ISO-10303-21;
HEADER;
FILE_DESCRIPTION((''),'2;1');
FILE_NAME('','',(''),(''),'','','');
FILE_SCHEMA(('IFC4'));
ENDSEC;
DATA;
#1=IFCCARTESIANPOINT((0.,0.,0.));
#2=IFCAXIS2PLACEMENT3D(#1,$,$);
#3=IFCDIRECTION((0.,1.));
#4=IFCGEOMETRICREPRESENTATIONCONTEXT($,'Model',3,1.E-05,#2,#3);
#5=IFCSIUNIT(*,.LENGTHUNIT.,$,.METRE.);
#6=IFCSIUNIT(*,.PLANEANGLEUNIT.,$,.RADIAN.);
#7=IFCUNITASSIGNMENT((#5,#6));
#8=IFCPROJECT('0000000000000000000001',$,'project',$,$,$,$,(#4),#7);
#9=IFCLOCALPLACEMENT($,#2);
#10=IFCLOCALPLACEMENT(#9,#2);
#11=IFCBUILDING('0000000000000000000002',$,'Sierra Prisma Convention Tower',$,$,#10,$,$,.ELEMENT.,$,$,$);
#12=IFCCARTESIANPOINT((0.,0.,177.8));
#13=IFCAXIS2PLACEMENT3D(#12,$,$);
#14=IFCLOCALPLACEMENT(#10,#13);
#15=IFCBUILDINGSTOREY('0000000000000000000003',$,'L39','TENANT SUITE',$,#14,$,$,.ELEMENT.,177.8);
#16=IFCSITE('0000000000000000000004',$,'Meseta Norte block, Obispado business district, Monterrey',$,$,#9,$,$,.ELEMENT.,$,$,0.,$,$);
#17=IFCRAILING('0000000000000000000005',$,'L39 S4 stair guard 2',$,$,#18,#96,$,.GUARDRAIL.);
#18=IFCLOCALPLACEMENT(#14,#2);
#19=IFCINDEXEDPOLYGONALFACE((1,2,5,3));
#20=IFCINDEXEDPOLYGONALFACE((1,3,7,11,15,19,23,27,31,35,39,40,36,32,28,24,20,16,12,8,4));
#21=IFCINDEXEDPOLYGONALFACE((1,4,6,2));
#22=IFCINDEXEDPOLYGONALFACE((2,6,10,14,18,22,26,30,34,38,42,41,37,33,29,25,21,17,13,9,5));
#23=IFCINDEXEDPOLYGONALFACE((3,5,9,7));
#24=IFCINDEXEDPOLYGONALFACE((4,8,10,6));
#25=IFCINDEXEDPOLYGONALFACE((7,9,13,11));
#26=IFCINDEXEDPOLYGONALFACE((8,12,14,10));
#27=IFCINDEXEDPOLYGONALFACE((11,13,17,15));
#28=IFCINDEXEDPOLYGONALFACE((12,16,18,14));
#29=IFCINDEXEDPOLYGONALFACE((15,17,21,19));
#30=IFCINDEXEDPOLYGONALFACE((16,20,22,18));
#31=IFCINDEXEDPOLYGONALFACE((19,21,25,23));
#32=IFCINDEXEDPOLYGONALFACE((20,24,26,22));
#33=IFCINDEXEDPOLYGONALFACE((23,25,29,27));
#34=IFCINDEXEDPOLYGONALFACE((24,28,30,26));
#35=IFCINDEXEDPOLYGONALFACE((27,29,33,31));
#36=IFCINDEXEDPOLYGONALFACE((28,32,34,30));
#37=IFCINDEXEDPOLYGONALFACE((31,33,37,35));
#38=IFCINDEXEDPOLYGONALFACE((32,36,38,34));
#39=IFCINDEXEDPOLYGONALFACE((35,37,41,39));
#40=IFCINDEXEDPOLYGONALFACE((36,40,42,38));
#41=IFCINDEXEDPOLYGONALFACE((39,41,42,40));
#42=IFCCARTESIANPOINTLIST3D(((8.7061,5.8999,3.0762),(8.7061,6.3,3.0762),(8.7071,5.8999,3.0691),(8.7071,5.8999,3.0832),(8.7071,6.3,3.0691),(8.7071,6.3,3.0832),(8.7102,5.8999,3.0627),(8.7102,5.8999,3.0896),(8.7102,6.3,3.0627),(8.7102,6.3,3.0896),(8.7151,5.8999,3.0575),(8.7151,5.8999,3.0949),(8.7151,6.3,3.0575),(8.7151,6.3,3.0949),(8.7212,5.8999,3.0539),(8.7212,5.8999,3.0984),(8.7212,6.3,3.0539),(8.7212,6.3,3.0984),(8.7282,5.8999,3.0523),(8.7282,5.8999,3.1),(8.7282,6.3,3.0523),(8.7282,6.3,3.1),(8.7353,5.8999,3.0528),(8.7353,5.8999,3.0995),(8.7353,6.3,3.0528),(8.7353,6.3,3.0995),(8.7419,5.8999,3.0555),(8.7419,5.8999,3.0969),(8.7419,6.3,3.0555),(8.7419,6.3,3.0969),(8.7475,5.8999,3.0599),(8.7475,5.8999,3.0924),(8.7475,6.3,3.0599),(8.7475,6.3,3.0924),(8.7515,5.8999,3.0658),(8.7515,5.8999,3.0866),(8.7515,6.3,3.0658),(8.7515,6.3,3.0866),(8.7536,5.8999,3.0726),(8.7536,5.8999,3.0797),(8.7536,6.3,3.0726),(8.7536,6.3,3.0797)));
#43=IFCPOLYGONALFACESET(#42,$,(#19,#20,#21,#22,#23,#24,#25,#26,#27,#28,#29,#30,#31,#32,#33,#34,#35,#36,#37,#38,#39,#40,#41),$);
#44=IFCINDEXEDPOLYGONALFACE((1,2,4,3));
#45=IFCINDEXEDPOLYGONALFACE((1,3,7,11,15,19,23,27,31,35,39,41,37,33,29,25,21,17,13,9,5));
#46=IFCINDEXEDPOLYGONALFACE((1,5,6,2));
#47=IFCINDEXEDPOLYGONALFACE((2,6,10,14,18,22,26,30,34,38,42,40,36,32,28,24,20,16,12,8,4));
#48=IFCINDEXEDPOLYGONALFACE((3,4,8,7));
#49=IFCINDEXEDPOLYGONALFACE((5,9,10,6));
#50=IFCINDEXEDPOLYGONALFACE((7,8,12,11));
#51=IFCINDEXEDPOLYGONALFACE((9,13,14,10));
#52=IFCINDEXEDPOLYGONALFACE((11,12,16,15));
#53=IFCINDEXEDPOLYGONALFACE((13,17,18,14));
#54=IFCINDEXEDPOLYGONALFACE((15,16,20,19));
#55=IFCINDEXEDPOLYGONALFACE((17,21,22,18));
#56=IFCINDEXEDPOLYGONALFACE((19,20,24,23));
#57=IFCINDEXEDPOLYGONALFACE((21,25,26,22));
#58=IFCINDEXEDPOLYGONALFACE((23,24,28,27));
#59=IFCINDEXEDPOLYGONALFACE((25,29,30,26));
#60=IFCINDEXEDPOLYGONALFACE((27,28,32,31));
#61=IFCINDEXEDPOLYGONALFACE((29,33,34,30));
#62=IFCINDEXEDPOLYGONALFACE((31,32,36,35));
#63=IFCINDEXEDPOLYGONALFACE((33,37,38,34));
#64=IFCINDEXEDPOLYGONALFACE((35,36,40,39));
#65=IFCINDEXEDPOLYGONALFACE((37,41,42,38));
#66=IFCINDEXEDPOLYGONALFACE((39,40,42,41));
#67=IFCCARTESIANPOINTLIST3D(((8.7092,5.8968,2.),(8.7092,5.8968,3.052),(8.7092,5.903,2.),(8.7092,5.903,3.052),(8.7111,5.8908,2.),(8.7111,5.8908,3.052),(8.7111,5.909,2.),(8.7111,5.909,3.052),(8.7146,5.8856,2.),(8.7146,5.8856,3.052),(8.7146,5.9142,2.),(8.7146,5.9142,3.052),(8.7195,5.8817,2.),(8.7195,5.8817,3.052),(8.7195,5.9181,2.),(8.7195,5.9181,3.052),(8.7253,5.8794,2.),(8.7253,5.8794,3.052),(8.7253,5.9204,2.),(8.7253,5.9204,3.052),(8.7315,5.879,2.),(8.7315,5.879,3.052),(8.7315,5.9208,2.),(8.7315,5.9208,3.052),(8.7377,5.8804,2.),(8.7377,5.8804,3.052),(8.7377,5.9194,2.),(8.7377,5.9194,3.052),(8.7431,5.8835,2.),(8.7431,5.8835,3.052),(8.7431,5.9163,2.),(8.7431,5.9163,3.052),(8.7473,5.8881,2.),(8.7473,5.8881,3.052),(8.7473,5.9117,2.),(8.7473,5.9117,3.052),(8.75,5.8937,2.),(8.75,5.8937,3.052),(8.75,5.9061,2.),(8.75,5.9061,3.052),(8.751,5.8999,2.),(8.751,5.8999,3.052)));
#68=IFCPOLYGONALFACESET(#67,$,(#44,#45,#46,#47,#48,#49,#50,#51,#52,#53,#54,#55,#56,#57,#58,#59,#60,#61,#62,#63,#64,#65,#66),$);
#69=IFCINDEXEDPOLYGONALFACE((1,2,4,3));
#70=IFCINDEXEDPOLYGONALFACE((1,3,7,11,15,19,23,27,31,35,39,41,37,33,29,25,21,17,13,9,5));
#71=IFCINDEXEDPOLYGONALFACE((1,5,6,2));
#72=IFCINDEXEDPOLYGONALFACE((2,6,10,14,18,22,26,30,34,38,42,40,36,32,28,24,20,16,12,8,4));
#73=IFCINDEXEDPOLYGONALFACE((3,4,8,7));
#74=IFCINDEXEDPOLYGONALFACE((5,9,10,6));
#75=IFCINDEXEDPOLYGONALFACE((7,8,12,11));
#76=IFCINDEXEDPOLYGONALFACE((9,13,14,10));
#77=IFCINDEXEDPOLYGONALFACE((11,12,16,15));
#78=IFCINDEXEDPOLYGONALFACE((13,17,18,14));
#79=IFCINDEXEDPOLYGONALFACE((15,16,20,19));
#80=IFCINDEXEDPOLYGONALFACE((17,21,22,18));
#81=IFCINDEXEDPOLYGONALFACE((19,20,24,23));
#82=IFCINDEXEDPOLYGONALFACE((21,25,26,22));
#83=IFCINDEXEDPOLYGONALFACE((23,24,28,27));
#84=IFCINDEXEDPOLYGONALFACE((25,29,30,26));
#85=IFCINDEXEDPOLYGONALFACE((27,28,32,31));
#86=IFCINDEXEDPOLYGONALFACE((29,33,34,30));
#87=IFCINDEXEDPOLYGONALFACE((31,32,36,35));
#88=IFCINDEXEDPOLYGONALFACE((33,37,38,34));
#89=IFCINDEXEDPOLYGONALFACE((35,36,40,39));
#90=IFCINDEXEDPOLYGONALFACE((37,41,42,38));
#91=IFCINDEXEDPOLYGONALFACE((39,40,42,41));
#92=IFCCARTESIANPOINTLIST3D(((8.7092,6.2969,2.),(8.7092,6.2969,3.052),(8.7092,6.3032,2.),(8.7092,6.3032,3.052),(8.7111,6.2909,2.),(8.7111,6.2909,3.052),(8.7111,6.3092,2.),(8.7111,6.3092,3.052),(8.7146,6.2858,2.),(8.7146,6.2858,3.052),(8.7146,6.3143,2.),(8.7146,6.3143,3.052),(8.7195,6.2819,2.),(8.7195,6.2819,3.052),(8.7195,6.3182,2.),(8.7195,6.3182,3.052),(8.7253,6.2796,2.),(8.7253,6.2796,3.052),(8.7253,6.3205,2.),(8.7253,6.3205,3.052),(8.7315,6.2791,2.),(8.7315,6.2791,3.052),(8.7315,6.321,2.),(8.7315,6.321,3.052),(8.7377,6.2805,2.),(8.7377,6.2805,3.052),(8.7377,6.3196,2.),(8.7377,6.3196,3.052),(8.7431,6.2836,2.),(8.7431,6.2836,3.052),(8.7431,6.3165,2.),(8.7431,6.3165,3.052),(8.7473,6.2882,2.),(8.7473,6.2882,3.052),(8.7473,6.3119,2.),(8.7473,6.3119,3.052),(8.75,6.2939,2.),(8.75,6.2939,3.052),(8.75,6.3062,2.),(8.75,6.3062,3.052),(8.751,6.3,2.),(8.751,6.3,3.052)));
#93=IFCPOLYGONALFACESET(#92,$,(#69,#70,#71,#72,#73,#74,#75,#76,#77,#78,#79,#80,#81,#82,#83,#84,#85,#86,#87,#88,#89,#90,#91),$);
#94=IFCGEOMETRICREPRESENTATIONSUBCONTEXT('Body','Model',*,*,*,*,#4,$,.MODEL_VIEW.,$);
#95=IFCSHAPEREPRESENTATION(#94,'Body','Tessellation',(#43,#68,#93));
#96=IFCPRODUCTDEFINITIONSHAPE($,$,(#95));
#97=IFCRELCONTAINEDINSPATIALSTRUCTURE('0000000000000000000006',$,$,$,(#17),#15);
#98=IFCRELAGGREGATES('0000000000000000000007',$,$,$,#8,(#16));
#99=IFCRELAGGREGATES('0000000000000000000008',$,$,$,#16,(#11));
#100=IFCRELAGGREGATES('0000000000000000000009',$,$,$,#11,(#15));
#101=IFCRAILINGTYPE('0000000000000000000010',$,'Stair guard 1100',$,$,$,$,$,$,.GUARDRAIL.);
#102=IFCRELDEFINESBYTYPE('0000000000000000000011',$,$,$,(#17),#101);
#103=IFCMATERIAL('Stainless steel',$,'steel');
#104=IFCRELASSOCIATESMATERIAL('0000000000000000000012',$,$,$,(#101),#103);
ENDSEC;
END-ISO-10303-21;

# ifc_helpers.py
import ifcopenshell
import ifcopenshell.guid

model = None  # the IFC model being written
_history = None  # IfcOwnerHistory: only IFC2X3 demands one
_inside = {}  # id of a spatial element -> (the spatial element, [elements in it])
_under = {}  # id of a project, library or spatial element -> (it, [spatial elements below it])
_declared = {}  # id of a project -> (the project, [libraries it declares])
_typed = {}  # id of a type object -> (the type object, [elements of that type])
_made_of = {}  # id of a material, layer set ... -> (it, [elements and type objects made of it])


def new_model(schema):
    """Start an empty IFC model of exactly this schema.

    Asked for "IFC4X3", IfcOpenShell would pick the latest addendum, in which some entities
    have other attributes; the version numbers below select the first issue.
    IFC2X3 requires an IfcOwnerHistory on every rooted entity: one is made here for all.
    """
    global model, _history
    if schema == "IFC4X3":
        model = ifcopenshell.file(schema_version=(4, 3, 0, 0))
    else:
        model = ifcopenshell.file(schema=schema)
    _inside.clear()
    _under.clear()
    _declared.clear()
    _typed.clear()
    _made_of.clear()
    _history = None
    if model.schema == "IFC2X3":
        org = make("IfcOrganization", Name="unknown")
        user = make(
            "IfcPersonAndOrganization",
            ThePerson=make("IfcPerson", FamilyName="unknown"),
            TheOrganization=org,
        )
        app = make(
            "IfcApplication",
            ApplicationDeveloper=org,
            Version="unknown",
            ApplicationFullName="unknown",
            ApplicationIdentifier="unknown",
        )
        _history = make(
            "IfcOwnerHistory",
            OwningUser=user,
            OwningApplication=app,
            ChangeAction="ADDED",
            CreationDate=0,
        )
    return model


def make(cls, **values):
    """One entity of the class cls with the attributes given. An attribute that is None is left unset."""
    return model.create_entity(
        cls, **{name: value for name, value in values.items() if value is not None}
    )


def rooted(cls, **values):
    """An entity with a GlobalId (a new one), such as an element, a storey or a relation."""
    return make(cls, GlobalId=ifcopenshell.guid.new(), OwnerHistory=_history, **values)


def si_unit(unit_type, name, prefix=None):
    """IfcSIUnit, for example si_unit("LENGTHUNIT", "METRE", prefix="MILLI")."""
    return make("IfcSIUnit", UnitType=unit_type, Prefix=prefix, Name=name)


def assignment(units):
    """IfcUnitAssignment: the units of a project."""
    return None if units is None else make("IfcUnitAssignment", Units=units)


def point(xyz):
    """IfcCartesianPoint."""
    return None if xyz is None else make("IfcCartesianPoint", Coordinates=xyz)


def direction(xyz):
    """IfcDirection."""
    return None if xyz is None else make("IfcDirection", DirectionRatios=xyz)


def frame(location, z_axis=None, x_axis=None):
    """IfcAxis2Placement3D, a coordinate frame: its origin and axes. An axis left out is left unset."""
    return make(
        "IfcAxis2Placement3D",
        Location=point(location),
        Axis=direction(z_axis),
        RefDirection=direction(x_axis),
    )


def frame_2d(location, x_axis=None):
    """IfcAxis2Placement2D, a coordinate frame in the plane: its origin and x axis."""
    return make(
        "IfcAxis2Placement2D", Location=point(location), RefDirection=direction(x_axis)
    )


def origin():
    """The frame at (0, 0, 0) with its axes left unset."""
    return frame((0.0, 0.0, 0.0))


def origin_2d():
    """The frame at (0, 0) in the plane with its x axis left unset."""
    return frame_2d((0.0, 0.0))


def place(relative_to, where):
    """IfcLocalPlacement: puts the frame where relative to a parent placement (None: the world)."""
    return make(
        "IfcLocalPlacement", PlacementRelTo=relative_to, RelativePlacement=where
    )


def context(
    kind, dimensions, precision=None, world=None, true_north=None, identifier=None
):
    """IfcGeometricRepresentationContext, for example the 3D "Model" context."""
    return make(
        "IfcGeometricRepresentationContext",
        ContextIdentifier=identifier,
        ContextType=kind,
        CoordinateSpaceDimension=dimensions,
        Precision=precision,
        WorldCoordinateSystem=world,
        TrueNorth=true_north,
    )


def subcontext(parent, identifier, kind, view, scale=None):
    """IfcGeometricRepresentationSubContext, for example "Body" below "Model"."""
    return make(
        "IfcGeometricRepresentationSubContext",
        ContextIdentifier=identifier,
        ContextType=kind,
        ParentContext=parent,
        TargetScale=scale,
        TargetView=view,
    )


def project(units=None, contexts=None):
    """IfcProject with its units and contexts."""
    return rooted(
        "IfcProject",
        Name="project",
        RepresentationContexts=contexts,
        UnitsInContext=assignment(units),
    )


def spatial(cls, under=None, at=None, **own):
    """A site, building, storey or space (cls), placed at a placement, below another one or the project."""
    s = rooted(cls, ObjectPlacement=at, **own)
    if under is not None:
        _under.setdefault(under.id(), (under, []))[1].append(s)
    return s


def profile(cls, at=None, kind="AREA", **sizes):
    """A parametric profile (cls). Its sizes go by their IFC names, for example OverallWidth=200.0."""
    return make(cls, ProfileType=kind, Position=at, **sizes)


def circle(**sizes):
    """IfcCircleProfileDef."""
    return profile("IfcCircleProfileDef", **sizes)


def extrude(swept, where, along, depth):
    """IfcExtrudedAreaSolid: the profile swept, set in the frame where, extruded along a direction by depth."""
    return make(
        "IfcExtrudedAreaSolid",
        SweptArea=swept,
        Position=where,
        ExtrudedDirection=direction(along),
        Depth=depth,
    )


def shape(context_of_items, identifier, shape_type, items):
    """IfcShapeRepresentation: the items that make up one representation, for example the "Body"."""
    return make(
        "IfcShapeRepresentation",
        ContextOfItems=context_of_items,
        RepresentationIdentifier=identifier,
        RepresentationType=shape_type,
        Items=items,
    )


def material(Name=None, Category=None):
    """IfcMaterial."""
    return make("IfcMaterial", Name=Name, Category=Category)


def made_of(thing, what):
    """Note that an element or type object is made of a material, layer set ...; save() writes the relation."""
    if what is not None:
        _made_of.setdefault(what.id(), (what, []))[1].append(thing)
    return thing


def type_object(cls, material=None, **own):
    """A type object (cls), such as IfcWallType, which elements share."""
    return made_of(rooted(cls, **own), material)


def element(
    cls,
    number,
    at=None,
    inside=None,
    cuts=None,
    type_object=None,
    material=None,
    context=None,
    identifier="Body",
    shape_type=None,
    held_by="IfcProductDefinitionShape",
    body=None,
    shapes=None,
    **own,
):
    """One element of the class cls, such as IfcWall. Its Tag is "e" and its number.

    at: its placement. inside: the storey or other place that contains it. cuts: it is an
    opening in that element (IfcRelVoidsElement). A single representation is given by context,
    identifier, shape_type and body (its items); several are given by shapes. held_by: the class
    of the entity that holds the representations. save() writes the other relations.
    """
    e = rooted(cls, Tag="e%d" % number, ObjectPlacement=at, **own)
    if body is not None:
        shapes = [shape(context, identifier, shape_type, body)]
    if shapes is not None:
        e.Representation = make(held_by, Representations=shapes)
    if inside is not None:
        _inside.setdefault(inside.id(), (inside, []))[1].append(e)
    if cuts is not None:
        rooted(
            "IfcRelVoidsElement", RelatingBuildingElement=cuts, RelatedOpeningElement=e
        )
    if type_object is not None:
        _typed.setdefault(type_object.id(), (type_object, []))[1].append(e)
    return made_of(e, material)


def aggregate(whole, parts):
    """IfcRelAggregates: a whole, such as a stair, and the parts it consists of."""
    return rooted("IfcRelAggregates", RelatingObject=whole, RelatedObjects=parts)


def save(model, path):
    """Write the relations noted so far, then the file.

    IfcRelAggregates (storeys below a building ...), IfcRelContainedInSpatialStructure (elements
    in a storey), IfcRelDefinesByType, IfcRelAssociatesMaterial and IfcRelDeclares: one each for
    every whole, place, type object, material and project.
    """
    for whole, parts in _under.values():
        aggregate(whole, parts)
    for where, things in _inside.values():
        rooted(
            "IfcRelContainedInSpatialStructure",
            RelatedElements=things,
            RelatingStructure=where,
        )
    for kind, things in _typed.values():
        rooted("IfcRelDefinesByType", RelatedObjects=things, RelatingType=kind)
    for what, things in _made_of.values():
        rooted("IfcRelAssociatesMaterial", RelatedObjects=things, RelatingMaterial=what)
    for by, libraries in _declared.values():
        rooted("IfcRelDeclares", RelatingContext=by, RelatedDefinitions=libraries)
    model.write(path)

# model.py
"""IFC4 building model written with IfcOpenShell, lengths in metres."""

from ifc_helpers import new_model, si_unit, direction, frame, origin, origin_2d, place, context, subcontext, project, spatial, circle, extrude, material, type_object, element, save


model = new_model("IFC4")

# Units and contexts
model_context = context("Model", 3, precision=1e-05, world=origin(), true_north=direction((0.0, 1.0)))
body_context = subcontext(model_context, "Body", "Model", "MODEL_VIEW")
ifc_project = project(units=[si_unit("LENGTHUNIT", "METRE"), si_unit("PLANEANGLEUNIT", "RADIAN")], contexts=[model_context])

# Site, building, storey
site_placement = place(None, origin())
site = spatial("IfcSite", under=ifc_project, at=site_placement, Name="Meseta Norte block, Obispado business district, Monterrey", CompositionType="ELEMENT", RefElevation=0.0)
building_placement = place(site_placement, origin())
building = spatial("IfcBuilding", under=site, at=building_placement, Name="Sierra Prisma Convention Tower", CompositionType="ELEMENT")
storey_placement = place(building_placement, frame((0.0, 0.0, 177.8)))
storey = spatial("IfcBuildingStorey", under=building, at=storey_placement, Name="L39", Description="TENANT SUITE", CompositionType="ELEMENT", Elevation=177.8)

# Railing
ifc_material_1 = material(Name="Stainless steel", Category="steel")
railing_type = type_object("IfcRailingType", Name="Stair guard 1100", PredefinedType="GUARDRAIL", material=ifc_material_1)
railing_1_placement = place(storey_placement, frame((8.73, 5.8999, 2.0)))
element("IfcRailing", 1, at=railing_1_placement, inside=storey, type_object=railing_type, Name="L39 S4 stair guard 2", PredefinedType="GUARDRAIL", context=body_context, shape_type="SweptSolid", body=[
    extrude(circle(Radius=0.0239, at=origin_2d()), frame((0.0, 0.0, 1.0762), z_axis=(0.0, 1.0, 0.0), x_axis=(-1.0, 0.0, 0.0)), (0.0, 0.0, 1.0), 0.4001),
    extrude(circle(Radius=0.021, at=origin_2d()), origin(), (0.0, 0.0, 1.0), 1.052),
    extrude(circle(Radius=0.021, at=origin_2d()), frame((0.0, 0.4001, 0.0)), (0.0, 0.0, 1.0), 1.052),
])

save(model, "model.ifc")
